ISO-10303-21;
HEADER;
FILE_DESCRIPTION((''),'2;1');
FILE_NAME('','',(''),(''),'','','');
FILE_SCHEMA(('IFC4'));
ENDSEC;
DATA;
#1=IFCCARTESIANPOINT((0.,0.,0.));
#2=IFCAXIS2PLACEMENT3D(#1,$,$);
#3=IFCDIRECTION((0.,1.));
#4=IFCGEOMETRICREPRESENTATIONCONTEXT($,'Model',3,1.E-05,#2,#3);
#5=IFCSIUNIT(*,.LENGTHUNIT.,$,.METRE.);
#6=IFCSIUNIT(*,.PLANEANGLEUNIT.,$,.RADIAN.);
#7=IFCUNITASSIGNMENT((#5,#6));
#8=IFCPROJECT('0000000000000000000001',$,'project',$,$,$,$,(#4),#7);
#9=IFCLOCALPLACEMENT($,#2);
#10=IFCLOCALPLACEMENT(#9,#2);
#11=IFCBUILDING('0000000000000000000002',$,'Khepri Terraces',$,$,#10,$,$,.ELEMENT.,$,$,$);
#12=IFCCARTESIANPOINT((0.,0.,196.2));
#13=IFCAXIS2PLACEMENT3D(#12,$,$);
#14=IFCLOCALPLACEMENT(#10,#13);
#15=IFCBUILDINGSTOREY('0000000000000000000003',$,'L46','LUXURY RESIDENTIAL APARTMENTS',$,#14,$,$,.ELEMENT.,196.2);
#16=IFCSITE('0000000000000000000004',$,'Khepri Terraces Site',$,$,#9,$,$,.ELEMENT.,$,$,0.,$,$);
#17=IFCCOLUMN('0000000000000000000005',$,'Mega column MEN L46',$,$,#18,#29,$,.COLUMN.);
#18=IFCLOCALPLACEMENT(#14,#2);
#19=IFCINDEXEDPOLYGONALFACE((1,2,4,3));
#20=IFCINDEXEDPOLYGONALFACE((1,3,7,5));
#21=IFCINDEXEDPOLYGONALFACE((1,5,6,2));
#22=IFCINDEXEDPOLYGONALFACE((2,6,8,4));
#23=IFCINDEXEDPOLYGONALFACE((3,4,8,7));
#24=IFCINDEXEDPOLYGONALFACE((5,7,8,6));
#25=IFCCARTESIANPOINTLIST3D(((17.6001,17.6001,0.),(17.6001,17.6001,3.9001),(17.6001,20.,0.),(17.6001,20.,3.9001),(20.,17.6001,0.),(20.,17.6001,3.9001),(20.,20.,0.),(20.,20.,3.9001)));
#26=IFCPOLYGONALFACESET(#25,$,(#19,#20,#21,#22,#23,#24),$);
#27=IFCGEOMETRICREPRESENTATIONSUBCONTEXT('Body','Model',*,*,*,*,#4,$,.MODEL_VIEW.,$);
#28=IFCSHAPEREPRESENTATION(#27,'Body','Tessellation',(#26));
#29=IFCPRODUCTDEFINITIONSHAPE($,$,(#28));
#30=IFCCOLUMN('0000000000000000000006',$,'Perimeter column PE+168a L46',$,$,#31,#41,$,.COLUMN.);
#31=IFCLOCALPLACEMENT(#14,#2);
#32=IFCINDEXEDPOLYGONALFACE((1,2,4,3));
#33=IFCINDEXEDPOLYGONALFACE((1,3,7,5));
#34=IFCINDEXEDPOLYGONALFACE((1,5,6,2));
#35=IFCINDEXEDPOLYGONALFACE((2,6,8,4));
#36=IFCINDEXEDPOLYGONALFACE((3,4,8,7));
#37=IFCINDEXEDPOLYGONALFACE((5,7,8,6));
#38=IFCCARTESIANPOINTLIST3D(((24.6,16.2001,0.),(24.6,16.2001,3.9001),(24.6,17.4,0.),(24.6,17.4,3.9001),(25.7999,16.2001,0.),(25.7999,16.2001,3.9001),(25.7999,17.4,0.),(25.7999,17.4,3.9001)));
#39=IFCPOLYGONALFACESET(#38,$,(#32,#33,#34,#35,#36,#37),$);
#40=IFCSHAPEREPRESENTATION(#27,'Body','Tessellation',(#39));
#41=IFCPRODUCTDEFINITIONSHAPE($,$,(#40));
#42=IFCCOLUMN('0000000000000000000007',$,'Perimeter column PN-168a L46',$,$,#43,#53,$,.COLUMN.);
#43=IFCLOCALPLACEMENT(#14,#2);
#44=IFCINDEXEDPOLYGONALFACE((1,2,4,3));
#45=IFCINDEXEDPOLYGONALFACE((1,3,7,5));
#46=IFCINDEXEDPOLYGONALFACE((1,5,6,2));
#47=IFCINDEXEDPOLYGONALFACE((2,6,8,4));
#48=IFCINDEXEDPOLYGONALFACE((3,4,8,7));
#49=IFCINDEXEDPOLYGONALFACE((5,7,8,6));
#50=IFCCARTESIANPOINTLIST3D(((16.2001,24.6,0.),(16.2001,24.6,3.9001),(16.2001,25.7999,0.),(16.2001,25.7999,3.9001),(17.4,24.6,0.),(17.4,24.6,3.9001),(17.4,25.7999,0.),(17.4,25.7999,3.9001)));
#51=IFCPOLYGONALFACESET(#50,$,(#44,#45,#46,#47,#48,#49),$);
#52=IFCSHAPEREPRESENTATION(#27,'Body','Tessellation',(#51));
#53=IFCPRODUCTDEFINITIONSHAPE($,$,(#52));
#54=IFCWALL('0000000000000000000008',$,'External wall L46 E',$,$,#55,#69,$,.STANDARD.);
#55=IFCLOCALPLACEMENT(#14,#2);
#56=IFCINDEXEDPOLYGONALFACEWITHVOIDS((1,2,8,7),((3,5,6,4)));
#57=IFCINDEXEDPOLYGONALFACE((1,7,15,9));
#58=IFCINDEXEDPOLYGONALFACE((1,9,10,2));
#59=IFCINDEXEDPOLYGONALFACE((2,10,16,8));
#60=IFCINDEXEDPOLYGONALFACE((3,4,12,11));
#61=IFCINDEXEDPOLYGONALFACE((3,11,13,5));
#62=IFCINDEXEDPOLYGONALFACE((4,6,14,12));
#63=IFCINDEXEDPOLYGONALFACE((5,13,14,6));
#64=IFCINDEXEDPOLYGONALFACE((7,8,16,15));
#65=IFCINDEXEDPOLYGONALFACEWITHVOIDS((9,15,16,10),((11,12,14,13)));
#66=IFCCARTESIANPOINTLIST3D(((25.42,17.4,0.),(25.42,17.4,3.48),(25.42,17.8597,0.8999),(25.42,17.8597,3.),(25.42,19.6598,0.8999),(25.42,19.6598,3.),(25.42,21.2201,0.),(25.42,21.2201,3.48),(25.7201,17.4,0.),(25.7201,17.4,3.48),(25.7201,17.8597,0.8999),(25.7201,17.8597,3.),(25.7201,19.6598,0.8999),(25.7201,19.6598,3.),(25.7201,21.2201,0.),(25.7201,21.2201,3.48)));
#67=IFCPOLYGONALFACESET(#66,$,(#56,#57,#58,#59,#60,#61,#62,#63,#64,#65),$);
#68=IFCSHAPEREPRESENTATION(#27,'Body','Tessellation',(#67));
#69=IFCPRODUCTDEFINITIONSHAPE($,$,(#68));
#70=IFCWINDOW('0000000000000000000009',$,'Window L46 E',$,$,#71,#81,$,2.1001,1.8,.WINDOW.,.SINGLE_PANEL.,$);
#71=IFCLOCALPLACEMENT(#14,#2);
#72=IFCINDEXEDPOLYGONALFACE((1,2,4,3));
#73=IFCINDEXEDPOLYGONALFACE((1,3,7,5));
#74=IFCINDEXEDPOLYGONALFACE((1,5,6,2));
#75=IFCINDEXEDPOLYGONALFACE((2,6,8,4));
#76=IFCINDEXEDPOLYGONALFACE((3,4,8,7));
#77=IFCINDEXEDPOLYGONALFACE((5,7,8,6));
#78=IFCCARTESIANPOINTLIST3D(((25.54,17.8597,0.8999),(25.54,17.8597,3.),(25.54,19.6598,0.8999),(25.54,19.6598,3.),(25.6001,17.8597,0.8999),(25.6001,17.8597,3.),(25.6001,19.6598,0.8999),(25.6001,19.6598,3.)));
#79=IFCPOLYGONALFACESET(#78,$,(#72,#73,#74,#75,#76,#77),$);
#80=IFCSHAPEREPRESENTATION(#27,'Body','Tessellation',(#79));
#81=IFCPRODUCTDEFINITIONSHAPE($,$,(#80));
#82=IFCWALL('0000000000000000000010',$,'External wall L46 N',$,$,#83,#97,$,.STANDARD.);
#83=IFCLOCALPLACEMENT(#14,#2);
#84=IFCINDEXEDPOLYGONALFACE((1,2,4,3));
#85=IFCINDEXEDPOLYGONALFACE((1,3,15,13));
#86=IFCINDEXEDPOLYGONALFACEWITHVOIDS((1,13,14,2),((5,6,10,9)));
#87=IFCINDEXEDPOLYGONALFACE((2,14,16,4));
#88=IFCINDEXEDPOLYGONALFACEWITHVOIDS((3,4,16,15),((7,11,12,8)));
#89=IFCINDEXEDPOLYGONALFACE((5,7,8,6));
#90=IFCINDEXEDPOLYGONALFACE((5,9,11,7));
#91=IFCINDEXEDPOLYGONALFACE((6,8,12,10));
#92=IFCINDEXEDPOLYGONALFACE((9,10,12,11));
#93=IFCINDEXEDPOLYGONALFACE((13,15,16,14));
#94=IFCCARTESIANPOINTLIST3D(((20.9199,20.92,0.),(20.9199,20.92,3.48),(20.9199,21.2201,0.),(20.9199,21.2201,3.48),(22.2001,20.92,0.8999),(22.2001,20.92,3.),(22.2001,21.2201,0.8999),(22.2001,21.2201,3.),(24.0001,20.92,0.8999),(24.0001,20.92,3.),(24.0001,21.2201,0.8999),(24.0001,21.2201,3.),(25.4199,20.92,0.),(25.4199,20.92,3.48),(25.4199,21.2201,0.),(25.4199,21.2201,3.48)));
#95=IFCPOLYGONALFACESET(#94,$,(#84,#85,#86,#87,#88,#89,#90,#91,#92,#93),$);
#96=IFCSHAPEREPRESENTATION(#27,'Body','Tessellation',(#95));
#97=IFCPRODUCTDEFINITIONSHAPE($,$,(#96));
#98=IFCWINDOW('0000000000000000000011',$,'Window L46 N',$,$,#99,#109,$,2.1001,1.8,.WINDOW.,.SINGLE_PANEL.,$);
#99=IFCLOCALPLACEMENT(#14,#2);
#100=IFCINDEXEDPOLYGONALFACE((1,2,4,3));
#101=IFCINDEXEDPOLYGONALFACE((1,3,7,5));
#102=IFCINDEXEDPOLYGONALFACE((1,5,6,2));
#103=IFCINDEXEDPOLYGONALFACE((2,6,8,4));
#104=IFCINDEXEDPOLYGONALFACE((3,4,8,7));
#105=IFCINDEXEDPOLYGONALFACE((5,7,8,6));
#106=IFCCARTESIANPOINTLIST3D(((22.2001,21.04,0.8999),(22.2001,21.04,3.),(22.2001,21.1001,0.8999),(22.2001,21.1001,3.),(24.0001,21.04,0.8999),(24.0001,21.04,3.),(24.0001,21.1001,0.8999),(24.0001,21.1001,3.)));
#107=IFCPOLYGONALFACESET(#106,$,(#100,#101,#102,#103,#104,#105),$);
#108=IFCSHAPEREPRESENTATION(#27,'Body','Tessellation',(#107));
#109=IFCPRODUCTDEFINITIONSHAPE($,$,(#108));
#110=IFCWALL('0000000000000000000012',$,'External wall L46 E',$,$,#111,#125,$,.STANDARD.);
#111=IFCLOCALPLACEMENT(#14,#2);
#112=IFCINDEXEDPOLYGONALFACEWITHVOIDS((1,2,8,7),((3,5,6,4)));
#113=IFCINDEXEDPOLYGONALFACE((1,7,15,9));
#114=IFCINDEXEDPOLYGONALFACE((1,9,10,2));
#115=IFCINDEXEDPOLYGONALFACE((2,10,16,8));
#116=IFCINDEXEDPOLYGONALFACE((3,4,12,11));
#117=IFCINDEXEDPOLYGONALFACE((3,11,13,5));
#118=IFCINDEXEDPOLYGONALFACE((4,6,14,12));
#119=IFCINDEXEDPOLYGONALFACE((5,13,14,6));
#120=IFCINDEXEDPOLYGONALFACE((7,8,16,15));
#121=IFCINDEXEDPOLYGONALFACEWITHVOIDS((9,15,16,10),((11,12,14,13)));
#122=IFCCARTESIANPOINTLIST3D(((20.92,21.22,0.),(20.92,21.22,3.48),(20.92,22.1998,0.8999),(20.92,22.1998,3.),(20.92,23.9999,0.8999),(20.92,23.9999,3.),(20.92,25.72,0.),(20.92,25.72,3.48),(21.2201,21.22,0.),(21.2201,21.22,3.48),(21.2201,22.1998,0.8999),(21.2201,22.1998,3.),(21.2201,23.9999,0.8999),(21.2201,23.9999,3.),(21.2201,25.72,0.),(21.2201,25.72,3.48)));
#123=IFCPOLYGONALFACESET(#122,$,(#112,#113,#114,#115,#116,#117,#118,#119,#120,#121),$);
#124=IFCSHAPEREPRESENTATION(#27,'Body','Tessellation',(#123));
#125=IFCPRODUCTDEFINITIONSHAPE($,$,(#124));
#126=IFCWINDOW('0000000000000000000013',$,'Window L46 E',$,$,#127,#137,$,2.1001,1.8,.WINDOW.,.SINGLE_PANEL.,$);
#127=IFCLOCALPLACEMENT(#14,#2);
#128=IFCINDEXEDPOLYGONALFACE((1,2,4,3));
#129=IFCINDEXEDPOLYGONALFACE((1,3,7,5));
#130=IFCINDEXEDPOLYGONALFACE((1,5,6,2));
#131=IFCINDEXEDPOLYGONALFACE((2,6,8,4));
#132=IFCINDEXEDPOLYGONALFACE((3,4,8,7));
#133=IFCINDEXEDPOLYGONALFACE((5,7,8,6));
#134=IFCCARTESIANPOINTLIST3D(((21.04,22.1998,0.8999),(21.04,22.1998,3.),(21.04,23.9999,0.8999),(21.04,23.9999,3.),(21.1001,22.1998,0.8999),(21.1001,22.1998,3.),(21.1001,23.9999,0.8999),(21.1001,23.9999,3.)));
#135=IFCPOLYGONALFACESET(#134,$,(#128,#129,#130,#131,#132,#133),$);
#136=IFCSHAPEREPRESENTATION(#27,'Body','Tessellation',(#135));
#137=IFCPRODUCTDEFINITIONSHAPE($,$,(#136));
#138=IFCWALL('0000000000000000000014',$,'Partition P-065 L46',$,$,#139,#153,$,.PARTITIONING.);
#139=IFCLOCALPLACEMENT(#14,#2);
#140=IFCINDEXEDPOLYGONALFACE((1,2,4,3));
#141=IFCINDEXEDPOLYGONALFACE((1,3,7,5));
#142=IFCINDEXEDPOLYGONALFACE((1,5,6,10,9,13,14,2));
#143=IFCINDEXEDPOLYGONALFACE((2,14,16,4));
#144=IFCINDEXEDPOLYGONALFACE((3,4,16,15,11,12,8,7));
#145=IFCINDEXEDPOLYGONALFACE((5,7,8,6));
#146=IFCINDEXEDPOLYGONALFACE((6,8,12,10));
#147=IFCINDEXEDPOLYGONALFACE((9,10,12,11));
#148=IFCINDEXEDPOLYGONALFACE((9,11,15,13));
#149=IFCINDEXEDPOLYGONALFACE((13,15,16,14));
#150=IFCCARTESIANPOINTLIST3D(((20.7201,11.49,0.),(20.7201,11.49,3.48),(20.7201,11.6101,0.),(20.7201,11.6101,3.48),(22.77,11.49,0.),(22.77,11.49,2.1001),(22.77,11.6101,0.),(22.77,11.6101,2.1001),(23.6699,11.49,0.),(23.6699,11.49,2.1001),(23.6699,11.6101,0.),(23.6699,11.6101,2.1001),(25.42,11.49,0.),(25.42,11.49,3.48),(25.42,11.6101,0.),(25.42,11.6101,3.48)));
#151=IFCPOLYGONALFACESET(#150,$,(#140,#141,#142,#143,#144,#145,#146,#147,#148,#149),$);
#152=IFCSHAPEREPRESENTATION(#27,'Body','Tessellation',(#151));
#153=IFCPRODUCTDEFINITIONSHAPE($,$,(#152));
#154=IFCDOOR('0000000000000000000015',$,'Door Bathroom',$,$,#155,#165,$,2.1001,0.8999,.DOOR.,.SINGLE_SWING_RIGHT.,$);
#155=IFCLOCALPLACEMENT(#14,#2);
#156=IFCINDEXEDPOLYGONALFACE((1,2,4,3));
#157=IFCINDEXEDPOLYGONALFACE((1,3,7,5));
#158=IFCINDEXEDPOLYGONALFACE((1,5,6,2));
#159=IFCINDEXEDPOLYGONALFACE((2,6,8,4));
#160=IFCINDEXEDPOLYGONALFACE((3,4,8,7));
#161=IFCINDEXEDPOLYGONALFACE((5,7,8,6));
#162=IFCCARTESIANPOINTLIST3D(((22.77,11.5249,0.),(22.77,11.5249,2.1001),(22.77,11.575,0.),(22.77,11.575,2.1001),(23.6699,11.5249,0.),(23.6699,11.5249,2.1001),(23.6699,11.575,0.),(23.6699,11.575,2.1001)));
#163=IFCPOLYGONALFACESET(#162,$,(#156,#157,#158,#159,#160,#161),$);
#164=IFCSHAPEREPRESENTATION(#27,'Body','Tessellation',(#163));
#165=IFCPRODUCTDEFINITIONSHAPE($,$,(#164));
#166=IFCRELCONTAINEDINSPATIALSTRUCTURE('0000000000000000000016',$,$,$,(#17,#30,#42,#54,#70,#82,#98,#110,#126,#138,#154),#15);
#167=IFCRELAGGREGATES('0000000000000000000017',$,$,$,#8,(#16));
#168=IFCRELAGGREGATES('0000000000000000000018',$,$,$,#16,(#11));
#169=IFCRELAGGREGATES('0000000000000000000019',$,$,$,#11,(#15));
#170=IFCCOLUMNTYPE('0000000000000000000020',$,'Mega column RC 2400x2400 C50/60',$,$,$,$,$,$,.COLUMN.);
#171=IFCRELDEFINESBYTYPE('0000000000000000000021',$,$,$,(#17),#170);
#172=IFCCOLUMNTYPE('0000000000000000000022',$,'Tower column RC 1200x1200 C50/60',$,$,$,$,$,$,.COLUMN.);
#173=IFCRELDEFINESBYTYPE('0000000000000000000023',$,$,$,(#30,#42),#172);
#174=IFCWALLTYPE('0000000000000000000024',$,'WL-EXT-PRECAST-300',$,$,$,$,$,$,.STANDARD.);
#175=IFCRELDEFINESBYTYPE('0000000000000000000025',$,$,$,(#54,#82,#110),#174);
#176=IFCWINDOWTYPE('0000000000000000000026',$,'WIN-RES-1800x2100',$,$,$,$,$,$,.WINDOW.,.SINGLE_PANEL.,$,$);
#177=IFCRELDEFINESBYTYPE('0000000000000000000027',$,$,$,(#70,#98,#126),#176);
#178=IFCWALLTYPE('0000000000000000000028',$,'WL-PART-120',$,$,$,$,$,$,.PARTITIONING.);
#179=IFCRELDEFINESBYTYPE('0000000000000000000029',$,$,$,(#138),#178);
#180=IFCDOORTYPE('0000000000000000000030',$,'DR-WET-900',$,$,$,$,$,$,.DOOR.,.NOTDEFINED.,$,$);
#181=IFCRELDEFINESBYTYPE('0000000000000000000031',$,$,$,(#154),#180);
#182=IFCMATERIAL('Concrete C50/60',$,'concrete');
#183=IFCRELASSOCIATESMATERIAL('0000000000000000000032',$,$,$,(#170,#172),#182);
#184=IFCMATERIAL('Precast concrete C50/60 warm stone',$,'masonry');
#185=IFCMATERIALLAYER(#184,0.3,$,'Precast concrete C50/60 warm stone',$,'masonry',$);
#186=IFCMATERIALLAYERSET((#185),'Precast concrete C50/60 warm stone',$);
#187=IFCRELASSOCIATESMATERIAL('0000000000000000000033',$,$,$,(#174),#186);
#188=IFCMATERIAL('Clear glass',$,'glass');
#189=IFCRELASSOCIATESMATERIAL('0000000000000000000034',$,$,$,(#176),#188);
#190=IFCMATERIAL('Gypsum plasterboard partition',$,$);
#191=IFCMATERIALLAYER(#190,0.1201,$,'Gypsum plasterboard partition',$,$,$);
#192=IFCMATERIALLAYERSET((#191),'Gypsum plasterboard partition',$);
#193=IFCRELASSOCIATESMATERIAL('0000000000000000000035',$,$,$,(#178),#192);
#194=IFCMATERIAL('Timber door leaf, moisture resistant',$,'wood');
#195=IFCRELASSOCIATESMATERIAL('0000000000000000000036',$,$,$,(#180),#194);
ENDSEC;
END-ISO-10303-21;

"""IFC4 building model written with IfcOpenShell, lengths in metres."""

from ifc_helpers import new_model, si_unit, direction, frame, frame_2d, origin, origin_2d, place, context, subcontext, project, spatial, rectangle, extrude, material, layer, layer_set, material_profile, profile_set, type_object, element, fill, save


model = new_model("IFC4")

# Units and contexts
model_context = context("Model", 3, precision=1e-05, world=origin(), true_north=direction((0.0, 1.0)))
body_context = subcontext(model_context, "Body", "Model", "MODEL_VIEW")
ifc_project = project(units=[si_unit("LENGTHUNIT", "METRE"), si_unit("PLANEANGLEUNIT", "RADIAN")], contexts=[model_context])

# Site, building, storey
site_placement = place(None, origin())
site = spatial("IfcSite", under=ifc_project, at=site_placement, Name="Khepri Terraces Site", CompositionType="ELEMENT", RefElevation=0.0)
building_placement = place(site_placement, origin())
building = spatial("IfcBuilding", under=site, at=building_placement, Name="Khepri Terraces", CompositionType="ELEMENT")
storey_placement = place(building_placement, frame((0.0, 0.0, 196.2)))
storey = spatial("IfcBuildingStorey", under=building, at=storey_placement, Name="L46", Description="LUXURY RESIDENTIAL APARTMENTS", CompositionType="ELEMENT", Elevation=196.2)

# Columns
ifc_material_1 = material(Name="Concrete C50/60", Category="concrete")
ifc_material_profile_1 = material_profile(ifc_material_1, rectangle(XDim=2.3999, YDim=2.3999, at=origin_2d()), Name="Concrete C50/60", Category="concrete")
ifc_profile_set_1 = profile_set([ifc_material_profile_1], Name="Concrete C50/60")
column_type_1 = type_object("IfcColumnType", Name="Mega column RC 2400x2400 C50/60", PredefinedType="COLUMN", material=ifc_profile_set_1)
column_placement = place(storey_placement, frame((18.8, 18.8, 0.0), z_axis=(0.0, 0.0, 1.0), x_axis=(1.0, 0.0, 0.0)))
element("IfcColumn", 1, at=column_placement, inside=storey, type_object=column_type_1, Name="Mega column MEN L46", PredefinedType="COLUMN", context=body_context, shape_type="SweptSolid", body=[
    extrude(rectangle(XDim=2.3999, YDim=2.3999, at=origin_2d()), origin(), (0.0, 0.0, 1.0), 3.9001),
])
ifc_material_profile_2 = material_profile(ifc_material_1, rectangle(XDim=1.2, YDim=1.2, at=origin_2d()), Name="Concrete C50/60", Category="concrete")
ifc_profile_set_2 = profile_set([ifc_material_profile_2], Name="Concrete C50/60")
column_type_2 = type_object("IfcColumnType", Name="Tower column RC 1200x1200 C50/60", PredefinedType="COLUMN", material=ifc_profile_set_2)
for number, where, z_axis, x_axis, name in (
    (2, (25.2, 16.8, 0.0), (0.0, 0.0, 1.0), (1.0, 0.0, 0.0), "Perimeter column PE+168a L46"),
    (3, (16.8, 25.2, 0.0), (0.0, 0.0, 1.0), (1.0, 0.0, 0.0), "Perimeter column PN-168a L46"),
):
    element("IfcColumn", number, at=place(storey_placement, frame(where, z_axis=z_axis, x_axis=x_axis)), inside=storey, type_object=column_type_2, Name=name, PredefinedType="COLUMN", context=body_context, shape_type="SweptSolid", body=[
        extrude(rectangle(XDim=1.2, YDim=1.2, at=origin_2d()), origin(), (0.0, 0.0, 1.0), 3.9001),
    ])

# Walls, openings, windows
ifc_material_2 = material(Name="Precast concrete C50/60 warm stone", Category="masonry")
ifc_layer_1 = layer(ifc_material_2, 0.3, Name="Precast concrete C50/60 warm stone", Category="masonry")
ifc_layer_set_1 = layer_set([ifc_layer_1], Name="Precast concrete C50/60 warm stone")
wall_type_1 = type_object("IfcWallType", Name="WL-EXT-PRECAST-300", PredefinedType="STANDARD", material=ifc_layer_set_1)
wall_1_placement = place(storey_placement, frame((25.5701, 17.3999, 0.0), z_axis=(0.0, 0.0, 1.0), x_axis=(0.0, 1.0, 0.0)))
wall_1 = element("IfcWall", 4, at=wall_1_placement, inside=storey, type_object=wall_type_1, Name="External wall L46 E", PredefinedType="STANDARD", context=body_context, shape_type="SweptSolid", body=[
    extrude(rectangle(XDim=3.8201, YDim=0.3, at=frame_2d((1.9102, 0.0))), origin(), (0.0, 0.0, 1.0), 3.48),
])
opening_1_placement = place(wall_1_placement, frame((0.46, 0.0, 0.8999)))
opening_1 = element("IfcOpeningElement", 5, at=opening_1_placement, cuts=wall_1, PredefinedType="OPENING", context=body_context, shape_type="SweptSolid", body=[
    extrude(rectangle(XDim=1.8, YDim=2.1001, at=frame_2d((0.8999, 1.05))), frame((0.0, 0.1602, 0.0), z_axis=(0.0, -1.0, 0.0), x_axis=(1.0, 0.0, 0.0)), (0.0, 0.0, 1.0), 0.3201),
])
ifc_material_3 = material(Name="Clear glass", Category="glass")
window_type = type_object("IfcWindowType", Name="WIN-RES-1800x2100", PartitioningType="SINGLE_PANEL", PredefinedType="WINDOW", material=ifc_material_3)
window_1_placement = place(opening_1_placement, origin())
window_1 = element("IfcWindow", 6, at=window_1_placement, inside=storey, type_object=window_type, Name="Window L46 E", OverallHeight=2.1001, OverallWidth=1.8, PartitioningType="SINGLE_PANEL", PredefinedType="WINDOW", context=body_context, shape_type="SweptSolid", body=[
    extrude(rectangle(XDim=1.8, YDim=2.1001, at=frame_2d((0.8999, 1.05))), frame((0.0, 0.03, 0.0), z_axis=(0.0, -1.0, 0.0), x_axis=(1.0, 0.0, 0.0)), (0.0, 0.0, 1.0), 0.0601),
])
fill(opening_1, window_1)
wall_2_placement = place(storey_placement, frame((25.4199, 21.0701, 0.0), z_axis=(0.0, 0.0, 1.0), x_axis=(-1.0, 0.0, 0.0)))
wall_2 = element("IfcWall", 7, at=wall_2_placement, inside=storey, type_object=wall_type_1, Name="External wall L46 N", PredefinedType="STANDARD", context=body_context, shape_type="SweptSolid", body=[
    extrude(rectangle(XDim=4.5, YDim=0.3, at=frame_2d((2.25, 0.0))), origin(), (0.0, 0.0, 1.0), 3.48),
])
opening_2_placement = place(wall_2_placement, frame((1.4199, 0.0, 0.8999)))
opening_2 = element("IfcOpeningElement", 8, at=opening_2_placement, cuts=wall_2, PredefinedType="OPENING", context=body_context, shape_type="SweptSolid", body=[
    extrude(rectangle(XDim=1.8, YDim=2.1001, at=frame_2d((0.8999, 1.05))), frame((0.0, 0.1602, 0.0), z_axis=(0.0, -1.0, 0.0), x_axis=(1.0, 0.0, 0.0)), (0.0, 0.0, 1.0), 0.3201),
])
window_2_placement = place(opening_2_placement, origin())
window_2 = element("IfcWindow", 9, at=window_2_placement, inside=storey, type_object=window_type, Name="Window L46 N", OverallHeight=2.1001, OverallWidth=1.8, PartitioningType="SINGLE_PANEL", PredefinedType="WINDOW", context=body_context, shape_type="SweptSolid", body=[
    extrude(rectangle(XDim=1.8, YDim=2.1001, at=frame_2d((0.8999, 1.05))), frame((0.0, 0.03, 0.0), z_axis=(0.0, -1.0, 0.0), x_axis=(1.0, 0.0, 0.0)), (0.0, 0.0, 1.0), 0.0601),
])
fill(opening_2, window_2)
wall_3_placement = place(storey_placement, frame((21.0701, 21.22, 0.0), z_axis=(0.0, 0.0, 1.0), x_axis=(0.0, 1.0, 0.0)))
wall_3 = element("IfcWall", 10, at=wall_3_placement, inside=storey, type_object=wall_type_1, Name="External wall L46 E", PredefinedType="STANDARD", context=body_context, shape_type="SweptSolid", body=[
    extrude(rectangle(XDim=4.5, YDim=0.3, at=frame_2d((2.25, 0.0))), origin(), (0.0, 0.0, 1.0), 3.48),
])
opening_3_placement = place(wall_3_placement, frame((0.98, 0.0, 0.8999)))
opening_3 = element("IfcOpeningElement", 11, at=opening_3_placement, cuts=wall_3, PredefinedType="OPENING", context=body_context, shape_type="SweptSolid", body=[
    extrude(rectangle(XDim=1.8, YDim=2.1001, at=frame_2d((0.8999, 1.05))), frame((0.0, 0.1602, 0.0), z_axis=(0.0, -1.0, 0.0), x_axis=(1.0, 0.0, 0.0)), (0.0, 0.0, 1.0), 0.3201),
])
window_3_placement = place(opening_3_placement, origin())
window_3 = element("IfcWindow", 12, at=window_3_placement, inside=storey, type_object=window_type, Name="Window L46 E", OverallHeight=2.1001, OverallWidth=1.8, PartitioningType="SINGLE_PANEL", PredefinedType="WINDOW", context=body_context, shape_type="SweptSolid", body=[
    extrude(rectangle(XDim=1.8, YDim=2.1001, at=frame_2d((0.8999, 1.05))), frame((0.0, 0.03, 0.0), z_axis=(0.0, -1.0, 0.0), x_axis=(1.0, 0.0, 0.0)), (0.0, 0.0, 1.0), 0.0601),
])
fill(opening_3, window_3)

# Wall, opening, door
ifc_material_4 = material(Name="Gypsum plasterboard partition")
ifc_layer_2 = layer(ifc_material_4, 0.1201, Name="Gypsum plasterboard partition")
ifc_layer_set_2 = layer_set([ifc_layer_2], Name="Gypsum plasterboard partition")
wall_type_2 = type_object("IfcWallType", Name="WL-PART-120", PredefinedType="PARTITIONING", material=ifc_layer_set_2)
wall_4_placement = place(storey_placement, frame((20.72, 11.55, 0.0), z_axis=(0.0, 0.0, 1.0), x_axis=(1.0, 0.0, 0.0)))
wall_4 = element("IfcWall", 13, at=wall_4_placement, inside=storey, type_object=wall_type_2, Name="Partition P-065 L46", PredefinedType="PARTITIONING", context=body_context, shape_type="SweptSolid", body=[
    extrude(rectangle(XDim=4.7, YDim=0.1201, at=frame_2d((2.3501, 0.0))), origin(), (0.0, 0.0, 1.0), 3.48),
])
opening_4_placement = place(wall_4_placement, frame((2.05, 0.0, 0.0)))
opening_4 = element("IfcOpeningElement", 14, at=opening_4_placement, cuts=wall_4, PredefinedType="OPENING", context=body_context, shape_type="SweptSolid", body=[
    extrude(rectangle(XDim=0.8999, YDim=2.1001, at=frame_2d((0.45, 1.05))), frame((0.0, 0.0701, 0.0), z_axis=(0.0, -1.0, 0.0), x_axis=(1.0, 0.0, 0.0)), (0.0, 0.0, 1.0), 0.1401),
])
ifc_material_5 = material(Name="Timber door leaf, moisture resistant", Category="wood")
door_type_1 = type_object("IfcDoorType", Name="DR-WET-900", OperationType="NOTDEFINED", PredefinedType="DOOR", material=ifc_material_5)
door_1_placement = place(opening_4_placement, origin())
door_1 = element("IfcDoor", 15, at=door_1_placement, inside=storey, type_object=door_type_1, Name="Door Bathroom", OperationType="SINGLE_SWING_RIGHT", OverallHeight=2.1001, OverallWidth=0.8999, PredefinedType="DOOR", context=body_context, shape_type="SweptSolid", body=[
    extrude(rectangle(XDim=0.8999, YDim=2.1001, at=frame_2d((0.45, 1.05))), frame((0.0, 0.0249, 0.0), z_axis=(0.0, -1.0, 0.0), x_axis=(1.0, 0.0, 0.0)), (0.0, 0.0, 1.0), 0.05),
])
fill(opening_4, door_1)

save(model, "model.ifc")
